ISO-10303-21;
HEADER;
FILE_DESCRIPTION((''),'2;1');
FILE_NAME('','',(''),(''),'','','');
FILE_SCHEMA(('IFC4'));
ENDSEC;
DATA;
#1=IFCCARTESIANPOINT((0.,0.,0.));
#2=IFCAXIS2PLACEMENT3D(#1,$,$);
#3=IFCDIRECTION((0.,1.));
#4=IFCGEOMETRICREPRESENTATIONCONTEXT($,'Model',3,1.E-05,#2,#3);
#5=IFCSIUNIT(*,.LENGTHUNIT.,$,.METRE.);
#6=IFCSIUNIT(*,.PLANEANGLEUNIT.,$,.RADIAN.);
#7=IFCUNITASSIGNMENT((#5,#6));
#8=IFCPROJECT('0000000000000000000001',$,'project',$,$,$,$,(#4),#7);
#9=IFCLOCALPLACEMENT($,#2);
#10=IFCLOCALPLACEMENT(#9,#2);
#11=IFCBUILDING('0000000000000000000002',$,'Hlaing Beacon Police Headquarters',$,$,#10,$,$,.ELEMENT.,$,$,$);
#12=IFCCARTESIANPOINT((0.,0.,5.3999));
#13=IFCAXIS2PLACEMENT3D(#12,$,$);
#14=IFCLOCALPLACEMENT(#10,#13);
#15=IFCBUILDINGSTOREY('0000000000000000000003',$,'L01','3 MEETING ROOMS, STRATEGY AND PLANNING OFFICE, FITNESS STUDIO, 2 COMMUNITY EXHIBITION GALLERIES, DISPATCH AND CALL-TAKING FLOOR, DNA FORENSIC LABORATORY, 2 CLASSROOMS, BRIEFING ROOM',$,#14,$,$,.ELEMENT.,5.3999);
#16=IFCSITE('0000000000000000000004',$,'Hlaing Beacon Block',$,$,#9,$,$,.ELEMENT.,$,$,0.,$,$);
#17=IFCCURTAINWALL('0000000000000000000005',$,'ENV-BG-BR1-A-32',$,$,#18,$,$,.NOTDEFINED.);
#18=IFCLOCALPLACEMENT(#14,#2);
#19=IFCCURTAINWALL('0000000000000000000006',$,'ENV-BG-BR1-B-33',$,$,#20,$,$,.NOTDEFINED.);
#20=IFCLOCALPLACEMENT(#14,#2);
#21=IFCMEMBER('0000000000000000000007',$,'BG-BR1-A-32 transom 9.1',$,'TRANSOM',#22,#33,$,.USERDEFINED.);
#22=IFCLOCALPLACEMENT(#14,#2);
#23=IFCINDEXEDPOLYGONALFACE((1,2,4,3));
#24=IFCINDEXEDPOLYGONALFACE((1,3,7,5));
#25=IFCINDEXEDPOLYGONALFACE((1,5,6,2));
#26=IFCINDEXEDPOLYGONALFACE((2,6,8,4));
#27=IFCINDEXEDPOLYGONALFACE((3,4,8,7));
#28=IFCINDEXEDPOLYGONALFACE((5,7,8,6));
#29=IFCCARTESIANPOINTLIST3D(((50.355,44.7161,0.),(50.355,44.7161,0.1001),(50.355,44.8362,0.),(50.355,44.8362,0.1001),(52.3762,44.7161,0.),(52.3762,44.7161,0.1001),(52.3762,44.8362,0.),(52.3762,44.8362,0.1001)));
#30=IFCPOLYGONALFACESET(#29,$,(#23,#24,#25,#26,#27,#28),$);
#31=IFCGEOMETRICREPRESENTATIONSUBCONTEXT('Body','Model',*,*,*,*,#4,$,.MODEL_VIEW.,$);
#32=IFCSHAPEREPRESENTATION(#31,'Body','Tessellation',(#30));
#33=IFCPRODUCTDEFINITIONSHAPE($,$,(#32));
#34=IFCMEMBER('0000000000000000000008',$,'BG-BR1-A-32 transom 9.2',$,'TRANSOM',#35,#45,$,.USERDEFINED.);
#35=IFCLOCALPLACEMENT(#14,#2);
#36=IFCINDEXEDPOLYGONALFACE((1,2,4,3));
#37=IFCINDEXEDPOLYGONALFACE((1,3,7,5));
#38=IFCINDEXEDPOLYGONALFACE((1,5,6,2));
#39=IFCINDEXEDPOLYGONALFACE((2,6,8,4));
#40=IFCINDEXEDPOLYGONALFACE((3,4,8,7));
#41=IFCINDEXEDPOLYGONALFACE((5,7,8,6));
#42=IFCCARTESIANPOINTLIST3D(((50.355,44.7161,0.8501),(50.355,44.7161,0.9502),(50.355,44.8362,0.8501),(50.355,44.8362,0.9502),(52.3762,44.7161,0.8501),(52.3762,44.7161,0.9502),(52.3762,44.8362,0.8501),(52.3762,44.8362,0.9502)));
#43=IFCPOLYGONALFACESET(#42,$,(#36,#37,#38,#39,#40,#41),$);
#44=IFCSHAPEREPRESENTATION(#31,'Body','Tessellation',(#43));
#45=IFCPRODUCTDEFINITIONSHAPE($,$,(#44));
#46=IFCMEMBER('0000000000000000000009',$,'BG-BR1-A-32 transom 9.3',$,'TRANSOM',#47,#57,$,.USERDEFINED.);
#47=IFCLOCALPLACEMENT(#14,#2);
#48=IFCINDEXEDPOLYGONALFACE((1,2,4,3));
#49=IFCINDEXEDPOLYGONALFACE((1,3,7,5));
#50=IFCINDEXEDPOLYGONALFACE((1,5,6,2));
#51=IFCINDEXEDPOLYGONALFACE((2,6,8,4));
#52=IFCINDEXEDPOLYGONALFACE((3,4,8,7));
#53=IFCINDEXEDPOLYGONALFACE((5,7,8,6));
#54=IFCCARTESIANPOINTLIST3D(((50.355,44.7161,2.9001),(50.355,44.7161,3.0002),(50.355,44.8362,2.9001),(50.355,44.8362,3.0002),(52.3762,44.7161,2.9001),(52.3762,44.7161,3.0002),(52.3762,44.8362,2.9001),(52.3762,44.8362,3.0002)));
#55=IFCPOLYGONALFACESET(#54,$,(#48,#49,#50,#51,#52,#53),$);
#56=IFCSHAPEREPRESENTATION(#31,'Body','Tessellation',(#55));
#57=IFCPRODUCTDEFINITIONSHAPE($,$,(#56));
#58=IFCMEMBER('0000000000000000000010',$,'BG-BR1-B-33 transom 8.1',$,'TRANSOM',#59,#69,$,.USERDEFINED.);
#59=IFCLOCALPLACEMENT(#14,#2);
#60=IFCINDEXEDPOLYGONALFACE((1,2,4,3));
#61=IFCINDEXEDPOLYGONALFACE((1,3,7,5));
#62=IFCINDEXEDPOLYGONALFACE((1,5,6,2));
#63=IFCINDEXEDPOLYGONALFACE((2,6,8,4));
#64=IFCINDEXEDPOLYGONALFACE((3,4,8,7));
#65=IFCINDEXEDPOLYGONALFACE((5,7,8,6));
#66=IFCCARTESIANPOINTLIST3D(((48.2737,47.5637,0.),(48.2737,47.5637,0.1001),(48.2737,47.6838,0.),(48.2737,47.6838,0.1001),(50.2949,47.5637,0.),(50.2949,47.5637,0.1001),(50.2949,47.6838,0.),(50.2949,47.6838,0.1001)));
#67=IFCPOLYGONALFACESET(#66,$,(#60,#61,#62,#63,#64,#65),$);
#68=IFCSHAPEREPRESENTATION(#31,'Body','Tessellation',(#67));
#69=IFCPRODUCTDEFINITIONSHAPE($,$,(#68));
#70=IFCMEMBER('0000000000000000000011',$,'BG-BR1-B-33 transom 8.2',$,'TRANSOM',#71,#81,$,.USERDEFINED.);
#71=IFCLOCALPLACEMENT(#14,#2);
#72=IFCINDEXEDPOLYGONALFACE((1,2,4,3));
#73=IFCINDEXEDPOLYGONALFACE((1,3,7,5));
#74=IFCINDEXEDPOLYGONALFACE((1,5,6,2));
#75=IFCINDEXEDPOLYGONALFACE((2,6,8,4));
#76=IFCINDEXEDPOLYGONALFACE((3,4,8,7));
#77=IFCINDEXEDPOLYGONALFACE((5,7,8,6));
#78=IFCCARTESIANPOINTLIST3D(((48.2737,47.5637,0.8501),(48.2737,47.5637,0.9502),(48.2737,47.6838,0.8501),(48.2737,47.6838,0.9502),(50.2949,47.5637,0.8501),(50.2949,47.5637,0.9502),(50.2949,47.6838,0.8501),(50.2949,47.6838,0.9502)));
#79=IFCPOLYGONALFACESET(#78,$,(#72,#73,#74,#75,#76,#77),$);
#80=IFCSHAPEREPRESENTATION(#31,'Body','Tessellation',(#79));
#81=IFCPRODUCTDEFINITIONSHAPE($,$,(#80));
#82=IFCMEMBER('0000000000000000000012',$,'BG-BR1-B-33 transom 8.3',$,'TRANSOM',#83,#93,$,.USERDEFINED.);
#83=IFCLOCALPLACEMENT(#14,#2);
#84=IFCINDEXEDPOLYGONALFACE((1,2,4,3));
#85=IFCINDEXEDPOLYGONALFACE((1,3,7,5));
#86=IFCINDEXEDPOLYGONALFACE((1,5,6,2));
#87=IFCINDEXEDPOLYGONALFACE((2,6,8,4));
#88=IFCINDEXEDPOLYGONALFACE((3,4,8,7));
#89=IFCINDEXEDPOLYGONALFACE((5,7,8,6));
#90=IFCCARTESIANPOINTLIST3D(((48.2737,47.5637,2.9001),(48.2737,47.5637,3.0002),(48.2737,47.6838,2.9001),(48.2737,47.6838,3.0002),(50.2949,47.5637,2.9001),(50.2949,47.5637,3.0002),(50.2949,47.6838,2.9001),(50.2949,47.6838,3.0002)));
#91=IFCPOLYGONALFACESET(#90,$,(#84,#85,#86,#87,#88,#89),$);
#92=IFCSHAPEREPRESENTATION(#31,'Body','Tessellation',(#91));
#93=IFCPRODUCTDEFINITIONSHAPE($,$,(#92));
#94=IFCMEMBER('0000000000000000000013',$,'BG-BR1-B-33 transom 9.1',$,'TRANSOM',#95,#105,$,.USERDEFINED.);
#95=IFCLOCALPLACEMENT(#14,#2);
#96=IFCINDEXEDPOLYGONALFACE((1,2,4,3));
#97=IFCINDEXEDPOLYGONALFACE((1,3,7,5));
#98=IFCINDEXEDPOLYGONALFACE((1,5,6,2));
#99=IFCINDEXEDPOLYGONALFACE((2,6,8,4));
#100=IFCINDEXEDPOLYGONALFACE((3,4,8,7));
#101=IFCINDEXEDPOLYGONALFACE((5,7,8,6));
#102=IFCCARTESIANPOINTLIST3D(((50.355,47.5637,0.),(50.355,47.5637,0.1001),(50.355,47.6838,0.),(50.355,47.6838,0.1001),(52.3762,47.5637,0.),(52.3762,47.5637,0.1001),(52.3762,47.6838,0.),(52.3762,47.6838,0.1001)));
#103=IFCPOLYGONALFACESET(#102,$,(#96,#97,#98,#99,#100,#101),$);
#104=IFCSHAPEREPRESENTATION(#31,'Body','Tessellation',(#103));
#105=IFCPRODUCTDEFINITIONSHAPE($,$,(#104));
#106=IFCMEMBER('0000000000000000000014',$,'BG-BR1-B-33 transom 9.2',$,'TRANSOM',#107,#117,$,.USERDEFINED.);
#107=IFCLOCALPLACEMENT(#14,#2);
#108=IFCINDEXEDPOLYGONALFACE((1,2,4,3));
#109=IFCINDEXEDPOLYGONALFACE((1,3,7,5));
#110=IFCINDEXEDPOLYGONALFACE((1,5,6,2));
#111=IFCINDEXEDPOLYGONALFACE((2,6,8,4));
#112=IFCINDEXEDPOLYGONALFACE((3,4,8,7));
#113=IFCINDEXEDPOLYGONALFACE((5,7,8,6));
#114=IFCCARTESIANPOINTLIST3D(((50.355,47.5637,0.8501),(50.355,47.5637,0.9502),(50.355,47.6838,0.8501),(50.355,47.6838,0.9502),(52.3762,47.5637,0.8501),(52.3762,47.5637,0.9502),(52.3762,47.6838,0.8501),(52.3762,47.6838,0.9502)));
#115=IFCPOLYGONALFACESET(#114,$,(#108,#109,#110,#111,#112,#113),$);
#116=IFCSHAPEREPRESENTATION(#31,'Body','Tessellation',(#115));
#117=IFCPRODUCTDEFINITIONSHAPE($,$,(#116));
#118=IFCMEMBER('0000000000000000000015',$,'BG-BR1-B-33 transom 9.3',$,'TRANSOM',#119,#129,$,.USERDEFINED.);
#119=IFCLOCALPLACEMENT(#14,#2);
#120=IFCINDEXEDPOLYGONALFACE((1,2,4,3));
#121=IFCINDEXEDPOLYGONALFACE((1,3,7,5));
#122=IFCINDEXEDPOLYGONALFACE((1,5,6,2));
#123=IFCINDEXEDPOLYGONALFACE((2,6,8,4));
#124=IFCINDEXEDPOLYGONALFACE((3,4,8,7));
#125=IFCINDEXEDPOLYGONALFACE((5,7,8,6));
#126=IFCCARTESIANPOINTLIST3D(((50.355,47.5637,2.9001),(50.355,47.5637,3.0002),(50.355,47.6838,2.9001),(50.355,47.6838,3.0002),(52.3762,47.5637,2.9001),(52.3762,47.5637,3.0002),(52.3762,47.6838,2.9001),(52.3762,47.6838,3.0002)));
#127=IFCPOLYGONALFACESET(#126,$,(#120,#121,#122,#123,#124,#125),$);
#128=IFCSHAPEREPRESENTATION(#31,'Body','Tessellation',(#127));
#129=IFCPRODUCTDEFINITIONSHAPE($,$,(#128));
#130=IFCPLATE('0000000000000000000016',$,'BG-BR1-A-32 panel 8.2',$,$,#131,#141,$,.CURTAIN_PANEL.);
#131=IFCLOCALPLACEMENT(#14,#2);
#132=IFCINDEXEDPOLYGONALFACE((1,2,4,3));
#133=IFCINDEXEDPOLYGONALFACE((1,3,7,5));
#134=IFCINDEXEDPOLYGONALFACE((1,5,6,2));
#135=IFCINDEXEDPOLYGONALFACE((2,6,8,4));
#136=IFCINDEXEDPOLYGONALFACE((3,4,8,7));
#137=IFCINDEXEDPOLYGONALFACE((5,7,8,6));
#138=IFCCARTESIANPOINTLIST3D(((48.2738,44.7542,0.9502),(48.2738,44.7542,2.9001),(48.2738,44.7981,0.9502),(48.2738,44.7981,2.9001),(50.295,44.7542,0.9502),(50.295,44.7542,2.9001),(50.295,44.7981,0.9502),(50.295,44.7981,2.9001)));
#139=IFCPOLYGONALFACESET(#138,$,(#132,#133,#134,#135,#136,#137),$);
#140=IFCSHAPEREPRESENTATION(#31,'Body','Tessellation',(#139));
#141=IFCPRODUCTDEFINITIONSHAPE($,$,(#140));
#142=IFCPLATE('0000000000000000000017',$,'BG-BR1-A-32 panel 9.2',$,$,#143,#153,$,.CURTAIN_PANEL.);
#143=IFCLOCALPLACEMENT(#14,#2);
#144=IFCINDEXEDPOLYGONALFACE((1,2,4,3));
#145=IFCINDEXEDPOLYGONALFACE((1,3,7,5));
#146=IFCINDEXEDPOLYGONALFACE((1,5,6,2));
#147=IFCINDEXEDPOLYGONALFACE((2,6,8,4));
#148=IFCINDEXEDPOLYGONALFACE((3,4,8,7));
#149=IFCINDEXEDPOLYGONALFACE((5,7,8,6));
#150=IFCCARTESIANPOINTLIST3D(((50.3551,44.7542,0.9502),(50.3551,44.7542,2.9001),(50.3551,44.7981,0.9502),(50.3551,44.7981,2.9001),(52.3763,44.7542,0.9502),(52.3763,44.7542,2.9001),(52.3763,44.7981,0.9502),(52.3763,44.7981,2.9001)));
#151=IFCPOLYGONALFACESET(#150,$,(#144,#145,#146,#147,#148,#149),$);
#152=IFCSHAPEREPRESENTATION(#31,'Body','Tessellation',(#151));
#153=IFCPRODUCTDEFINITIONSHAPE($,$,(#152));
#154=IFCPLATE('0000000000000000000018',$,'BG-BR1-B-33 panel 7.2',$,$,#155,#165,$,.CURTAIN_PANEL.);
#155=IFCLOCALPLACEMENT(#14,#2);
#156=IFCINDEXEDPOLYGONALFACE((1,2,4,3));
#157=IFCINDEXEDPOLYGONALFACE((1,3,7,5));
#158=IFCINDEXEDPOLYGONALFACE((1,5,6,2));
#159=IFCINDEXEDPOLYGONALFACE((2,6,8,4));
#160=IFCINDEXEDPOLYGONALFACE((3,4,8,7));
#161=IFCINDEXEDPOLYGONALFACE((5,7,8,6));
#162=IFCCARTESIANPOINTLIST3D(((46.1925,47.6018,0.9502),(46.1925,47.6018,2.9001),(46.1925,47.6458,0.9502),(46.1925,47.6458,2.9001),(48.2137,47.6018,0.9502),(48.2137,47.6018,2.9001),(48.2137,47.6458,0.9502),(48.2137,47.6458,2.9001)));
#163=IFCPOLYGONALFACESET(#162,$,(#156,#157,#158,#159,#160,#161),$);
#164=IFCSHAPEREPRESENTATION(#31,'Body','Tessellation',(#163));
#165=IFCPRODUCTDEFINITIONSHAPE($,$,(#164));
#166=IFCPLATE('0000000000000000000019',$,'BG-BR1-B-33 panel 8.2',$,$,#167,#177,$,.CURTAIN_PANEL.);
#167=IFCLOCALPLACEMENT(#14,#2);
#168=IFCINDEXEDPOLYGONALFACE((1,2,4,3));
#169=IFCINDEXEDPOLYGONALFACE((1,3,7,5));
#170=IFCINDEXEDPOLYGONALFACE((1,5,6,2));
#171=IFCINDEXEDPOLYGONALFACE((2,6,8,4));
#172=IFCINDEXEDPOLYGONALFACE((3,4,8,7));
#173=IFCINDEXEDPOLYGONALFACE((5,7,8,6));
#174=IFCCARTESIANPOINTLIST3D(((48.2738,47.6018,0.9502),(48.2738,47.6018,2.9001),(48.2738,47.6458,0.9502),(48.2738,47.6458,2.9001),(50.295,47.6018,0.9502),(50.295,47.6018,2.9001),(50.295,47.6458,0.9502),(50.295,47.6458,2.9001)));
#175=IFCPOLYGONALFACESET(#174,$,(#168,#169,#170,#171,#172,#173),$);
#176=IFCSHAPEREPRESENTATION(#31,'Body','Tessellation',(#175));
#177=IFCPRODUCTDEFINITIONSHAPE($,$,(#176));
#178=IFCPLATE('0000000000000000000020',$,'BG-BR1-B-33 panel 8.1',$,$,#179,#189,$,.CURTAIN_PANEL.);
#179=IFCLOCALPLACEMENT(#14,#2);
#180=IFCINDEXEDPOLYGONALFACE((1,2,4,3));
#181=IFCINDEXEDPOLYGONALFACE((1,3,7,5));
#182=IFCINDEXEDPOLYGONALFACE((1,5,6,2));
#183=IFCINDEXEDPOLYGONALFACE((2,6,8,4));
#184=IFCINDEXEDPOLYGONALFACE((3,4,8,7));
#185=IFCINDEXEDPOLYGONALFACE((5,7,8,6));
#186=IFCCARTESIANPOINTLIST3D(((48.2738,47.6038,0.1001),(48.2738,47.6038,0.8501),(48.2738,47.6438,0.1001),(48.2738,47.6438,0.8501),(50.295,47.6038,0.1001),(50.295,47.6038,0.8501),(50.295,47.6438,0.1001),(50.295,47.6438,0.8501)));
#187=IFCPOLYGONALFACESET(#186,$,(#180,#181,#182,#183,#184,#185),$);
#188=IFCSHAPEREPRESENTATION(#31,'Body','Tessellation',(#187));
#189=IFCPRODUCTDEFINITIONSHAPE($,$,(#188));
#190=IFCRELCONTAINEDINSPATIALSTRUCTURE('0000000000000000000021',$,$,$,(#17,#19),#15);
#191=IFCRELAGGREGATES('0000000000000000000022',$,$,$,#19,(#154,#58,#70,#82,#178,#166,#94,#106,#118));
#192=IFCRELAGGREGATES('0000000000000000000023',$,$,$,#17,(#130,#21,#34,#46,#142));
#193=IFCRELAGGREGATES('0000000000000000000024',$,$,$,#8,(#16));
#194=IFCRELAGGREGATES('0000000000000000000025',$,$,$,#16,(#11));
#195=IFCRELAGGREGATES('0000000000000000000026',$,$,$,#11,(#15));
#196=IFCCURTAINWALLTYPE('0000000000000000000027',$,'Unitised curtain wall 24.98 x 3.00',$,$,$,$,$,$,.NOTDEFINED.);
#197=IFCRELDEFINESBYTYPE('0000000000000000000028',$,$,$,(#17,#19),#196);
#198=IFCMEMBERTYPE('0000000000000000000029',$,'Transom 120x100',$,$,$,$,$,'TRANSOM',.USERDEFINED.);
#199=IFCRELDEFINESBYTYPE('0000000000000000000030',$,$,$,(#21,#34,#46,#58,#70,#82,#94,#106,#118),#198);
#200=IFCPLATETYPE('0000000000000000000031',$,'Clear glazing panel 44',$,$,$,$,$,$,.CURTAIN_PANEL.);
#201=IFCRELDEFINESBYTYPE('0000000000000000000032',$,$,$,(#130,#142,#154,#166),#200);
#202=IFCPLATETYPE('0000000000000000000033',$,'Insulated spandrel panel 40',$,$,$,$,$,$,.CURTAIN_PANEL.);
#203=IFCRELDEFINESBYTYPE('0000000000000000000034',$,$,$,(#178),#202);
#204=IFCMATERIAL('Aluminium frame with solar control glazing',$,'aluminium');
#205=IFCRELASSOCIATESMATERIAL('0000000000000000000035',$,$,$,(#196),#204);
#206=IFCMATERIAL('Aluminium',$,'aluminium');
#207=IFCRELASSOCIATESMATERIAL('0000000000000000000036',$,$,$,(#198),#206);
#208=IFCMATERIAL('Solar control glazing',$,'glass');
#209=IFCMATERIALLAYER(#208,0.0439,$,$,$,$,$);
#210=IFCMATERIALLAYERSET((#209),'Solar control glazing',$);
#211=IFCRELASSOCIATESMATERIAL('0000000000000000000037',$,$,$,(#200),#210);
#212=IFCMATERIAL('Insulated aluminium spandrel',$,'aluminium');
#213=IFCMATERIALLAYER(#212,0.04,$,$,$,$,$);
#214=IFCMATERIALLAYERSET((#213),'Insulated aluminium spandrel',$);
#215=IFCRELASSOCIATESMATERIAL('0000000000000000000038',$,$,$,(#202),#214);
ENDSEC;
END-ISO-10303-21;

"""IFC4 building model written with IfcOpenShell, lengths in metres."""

from ifc_helpers import new_model, si_unit, direction, frame, origin, origin_2d, place, context, subcontext, project, spatial, rectangle, extrude, material, layer, layer_set, material_profile, profile_set, type_object, element, aggregate, save


model = new_model("IFC4")

# Units and contexts
model_context = context("Model", 3, precision=1e-05, world=origin(), true_north=direction((0.0, 1.0)))
body_context = subcontext(model_context, "Body", "Model", "MODEL_VIEW")
ifc_project = project(units=[si_unit("LENGTHUNIT", "METRE"), si_unit("PLANEANGLEUNIT", "RADIAN")], contexts=[model_context])

# Site, building, storey
site_placement = place(None, origin())
site = spatial("IfcSite", under=ifc_project, at=site_placement, Name="Hlaing Beacon Block", CompositionType="ELEMENT", RefElevation=0.0)
building_placement = place(site_placement, origin())
building = spatial("IfcBuilding", under=site, at=building_placement, Name="Hlaing Beacon Police Headquarters", CompositionType="ELEMENT")
storey_placement = place(building_placement, frame((0.0, 0.0, 5.3999)))
storey = spatial("IfcBuildingStorey", under=building, at=storey_placement, Name="L01", Description="3 MEETING ROOMS, STRATEGY AND PLANNING OFFICE, FITNESS STUDIO, 2 COMMUNITY EXHIBITION GALLERIES, DISPATCH AND CALL-TAKING FLOOR, DNA FORENSIC LABORATORY, 2 CLASSROOMS, BRIEFING ROOM", CompositionType="ELEMENT", Elevation=5.3999)

# Curtain walls
ifc_material_1 = material(Name="Aluminium frame with solar control glazing", Category="aluminium")
curtain_wall_type = type_object("IfcCurtainWallType", Name="Unitised curtain wall 24.98 x 3.00", PredefinedType="NOTDEFINED", material=ifc_material_1)
curtain_wall_1_placement = place(storey_placement, origin())
curtain_wall_1 = element("IfcCurtainWall", 1, at=curtain_wall_1_placement, inside=storey, type_object=curtain_wall_type, Name="ENV-BG-BR1-A-32", PredefinedType="NOTDEFINED")
curtain_wall_2_placement = place(storey_placement, origin())
curtain_wall_2 = element("IfcCurtainWall", 2, at=curtain_wall_2_placement, inside=storey, type_object=curtain_wall_type, Name="ENV-BG-BR1-B-33", PredefinedType="NOTDEFINED")

# Members
ifc_material_2 = material(Name="Aluminium", Category="aluminium")
ifc_material_profile_1 = material_profile(ifc_material_2, rectangle(XDim=0.1201, YDim=0.1001, at=origin_2d()), Name="Transom 120x100")
ifc_profile_set_1 = profile_set([ifc_material_profile_1], Name="Aluminium")
member_type_1 = type_object("IfcMemberType", Name="Transom 120x100", ElementType="TRANSOM", PredefinedType="USERDEFINED", material=ifc_profile_set_1)
member_1_placement = place(storey_placement, frame((50.355, 44.7761, 0.05), z_axis=(1.0, 0.0, 0.0), x_axis=(0.0, 1.0, 0.0)))
member_1 = element("IfcMember", 3, at=member_1_placement, type_object=member_type_1, Name="BG-BR1-A-32 transom 9.1", ObjectType="TRANSOM", PredefinedType="USERDEFINED", context=body_context, shape_type="SweptSolid", body=[
    extrude(rectangle(XDim=0.1201, YDim=0.1001, at=origin_2d()), origin(), (0.0, 0.0, 1.0), 2.0212),
])
member_2_placement = place(storey_placement, frame((50.355, 44.7761, 0.9001), z_axis=(1.0, 0.0, 0.0), x_axis=(0.0, 1.0, 0.0)))
member_2 = element("IfcMember", 4, at=member_2_placement, type_object=member_type_1, Name="BG-BR1-A-32 transom 9.2", ObjectType="TRANSOM", PredefinedType="USERDEFINED", context=body_context, shape_type="SweptSolid", body=[
    extrude(rectangle(XDim=0.1201, YDim=0.1001, at=origin_2d()), origin(), (0.0, 0.0, 1.0), 2.0212),
])
member_3_placement = place(storey_placement, frame((50.355, 44.7761, 2.9502), z_axis=(1.0, 0.0, 0.0), x_axis=(0.0, 1.0, 0.0)))
member_3 = element("IfcMember", 5, at=member_3_placement, type_object=member_type_1, Name="BG-BR1-A-32 transom 9.3", ObjectType="TRANSOM", PredefinedType="USERDEFINED", context=body_context, shape_type="SweptSolid", body=[
    extrude(rectangle(XDim=0.1201, YDim=0.1001, at=origin_2d()), origin(), (0.0, 0.0, 1.0), 2.0212),
])
member_4_placement = place(storey_placement, frame((48.2737, 47.6238, 0.05), z_axis=(1.0, 0.0, 0.0), x_axis=(0.0, 1.0, 0.0)))
member_4 = element("IfcMember", 6, at=member_4_placement, type_object=member_type_1, Name="BG-BR1-B-33 transom 8.1", ObjectType="TRANSOM", PredefinedType="USERDEFINED", context=body_context, shape_type="SweptSolid", body=[
    extrude(rectangle(XDim=0.1201, YDim=0.1001, at=origin_2d()), origin(), (0.0, 0.0, 1.0), 2.0212),
])
member_5_placement = place(storey_placement, frame((48.2737, 47.6238, 0.9001), z_axis=(1.0, 0.0, 0.0), x_axis=(0.0, 1.0, 0.0)))
member_5 = element("IfcMember", 7, at=member_5_placement, type_object=member_type_1, Name="BG-BR1-B-33 transom 8.2", ObjectType="TRANSOM", PredefinedType="USERDEFINED", context=body_context, shape_type="SweptSolid", body=[
    extrude(rectangle(XDim=0.1201, YDim=0.1001, at=origin_2d()), origin(), (0.0, 0.0, 1.0), 2.0212),
])
member_6_placement = place(storey_placement, frame((48.2737, 47.6238, 2.9502), z_axis=(1.0, 0.0, 0.0), x_axis=(0.0, 1.0, 0.0)))
member_6 = element("IfcMember", 8, at=member_6_placement, type_object=member_type_1, Name="BG-BR1-B-33 transom 8.3", ObjectType="TRANSOM", PredefinedType="USERDEFINED", context=body_context, shape_type="SweptSolid", body=[
    extrude(rectangle(XDim=0.1201, YDim=0.1001, at=origin_2d()), origin(), (0.0, 0.0, 1.0), 2.0212),
])
member_7_placement = place(storey_placement, frame((50.355, 47.6238, 0.05), z_axis=(1.0, 0.0, 0.0), x_axis=(0.0, 1.0, 0.0)))
member_7 = element("IfcMember", 9, at=member_7_placement, type_object=member_type_1, Name="BG-BR1-B-33 transom 9.1", ObjectType="TRANSOM", PredefinedType="USERDEFINED", context=body_context, shape_type="SweptSolid", body=[
    extrude(rectangle(XDim=0.1201, YDim=0.1001, at=origin_2d()), origin(), (0.0, 0.0, 1.0), 2.0212),
])
member_8_placement = place(storey_placement, frame((50.355, 47.6238, 0.9001), z_axis=(1.0, 0.0, 0.0), x_axis=(0.0, 1.0, 0.0)))
member_8 = element("IfcMember", 10, at=member_8_placement, type_object=member_type_1, Name="BG-BR1-B-33 transom 9.2", ObjectType="TRANSOM", PredefinedType="USERDEFINED", context=body_context, shape_type="SweptSolid", body=[
    extrude(rectangle(XDim=0.1201, YDim=0.1001, at=origin_2d()), origin(), (0.0, 0.0, 1.0), 2.0212),
])
member_9_placement = place(storey_placement, frame((50.355, 47.6238, 2.9502), z_axis=(1.0, 0.0, 0.0), x_axis=(0.0, 1.0, 0.0)))
member_9 = element("IfcMember", 11, at=member_9_placement, type_object=member_type_1, Name="BG-BR1-B-33 transom 9.3", ObjectType="TRANSOM", PredefinedType="USERDEFINED", context=body_context, shape_type="SweptSolid", body=[
    extrude(rectangle(XDim=0.1201, YDim=0.1001, at=origin_2d()), origin(), (0.0, 0.0, 1.0), 2.0212),
])

# Plates
ifc_material_3 = material(Name="Solar control glazing", Category="glass")
ifc_layer_1 = layer(ifc_material_3, 0.0439)
ifc_layer_set_1 = layer_set([ifc_layer_1], Name="Solar control glazing")
plate_type_1 = type_object("IfcPlateType", Name="Clear glazing panel 44", PredefinedType="CURTAIN_PANEL", material=ifc_layer_set_1)
plate_1_placement = place(storey_placement, frame((49.2844, 44.7761, 0.9502), z_axis=(0.0, 0.0, 1.0), x_axis=(1.0, 0.0, 0.0)))
plate_1 = element("IfcPlate", 12, at=plate_1_placement, type_object=plate_type_1, Name="BG-BR1-A-32 panel 8.2", PredefinedType="CURTAIN_PANEL", context=body_context, shape_type="SweptSolid", body=[
    extrude(rectangle(XDim=2.0212, YDim=0.0439, at=origin_2d()), origin(), (0.0, 0.0, 1.0), 1.95),
])
plate_2_placement = place(storey_placement, frame((51.3657, 44.7761, 0.9502), z_axis=(0.0, 0.0, 1.0), x_axis=(1.0, 0.0, 0.0)))
plate_2 = element("IfcPlate", 13, at=plate_2_placement, type_object=plate_type_1, Name="BG-BR1-A-32 panel 9.2", PredefinedType="CURTAIN_PANEL", context=body_context, shape_type="SweptSolid", body=[
    extrude(rectangle(XDim=2.0212, YDim=0.0439, at=origin_2d()), origin(), (0.0, 0.0, 1.0), 1.95),
])
plate_3_placement = place(storey_placement, frame((47.2031, 47.6238, 0.9502), z_axis=(0.0, 0.0, 1.0), x_axis=(1.0, 0.0, 0.0)))
plate_3 = element("IfcPlate", 14, at=plate_3_placement, type_object=plate_type_1, Name="BG-BR1-B-33 panel 7.2", PredefinedType="CURTAIN_PANEL", context=body_context, shape_type="SweptSolid", body=[
    extrude(rectangle(XDim=2.0212, YDim=0.0439, at=origin_2d()), origin(), (0.0, 0.0, 1.0), 1.95),
])
plate_4_placement = place(storey_placement, frame((49.2844, 47.6238, 0.9502), z_axis=(0.0, 0.0, 1.0), x_axis=(1.0, 0.0, 0.0)))
plate_4 = element("IfcPlate", 15, at=plate_4_placement, type_object=plate_type_1, Name="BG-BR1-B-33 panel 8.2", PredefinedType="CURTAIN_PANEL", context=body_context, shape_type="SweptSolid", body=[
    extrude(rectangle(XDim=2.0212, YDim=0.0439, at=origin_2d()), origin(), (0.0, 0.0, 1.0), 1.95),
])
ifc_material_4 = material(Name="Insulated aluminium spandrel", Category="aluminium")
ifc_layer_2 = layer(ifc_material_4, 0.04)
ifc_layer_set_2 = layer_set([ifc_layer_2], Name="Insulated aluminium spandrel")
plate_type_2 = type_object("IfcPlateType", Name="Insulated spandrel panel 40", PredefinedType="CURTAIN_PANEL", material=ifc_layer_set_2)
plate_5_placement = place(storey_placement, frame((49.2844, 47.6238, 0.1001), z_axis=(0.0, 0.0, 1.0), x_axis=(1.0, 0.0, 0.0)))
plate_5 = element("IfcPlate", 16, at=plate_5_placement, type_object=plate_type_2, Name="BG-BR1-B-33 panel 8.1", PredefinedType="CURTAIN_PANEL", context=body_context, shape_type="SweptSolid", body=[
    extrude(rectangle(XDim=2.0212, YDim=0.04, at=origin_2d()), origin(), (0.0, 0.0, 1.0), 0.75),
])
aggregate(curtain_wall_2, [plate_3, member_4, member_5, member_6, plate_5, plate_4, member_7, member_8, member_9])
aggregate(curtain_wall_1, [plate_1, member_1, member_2, member_3, plate_2])

save(model, "model.ifc")
